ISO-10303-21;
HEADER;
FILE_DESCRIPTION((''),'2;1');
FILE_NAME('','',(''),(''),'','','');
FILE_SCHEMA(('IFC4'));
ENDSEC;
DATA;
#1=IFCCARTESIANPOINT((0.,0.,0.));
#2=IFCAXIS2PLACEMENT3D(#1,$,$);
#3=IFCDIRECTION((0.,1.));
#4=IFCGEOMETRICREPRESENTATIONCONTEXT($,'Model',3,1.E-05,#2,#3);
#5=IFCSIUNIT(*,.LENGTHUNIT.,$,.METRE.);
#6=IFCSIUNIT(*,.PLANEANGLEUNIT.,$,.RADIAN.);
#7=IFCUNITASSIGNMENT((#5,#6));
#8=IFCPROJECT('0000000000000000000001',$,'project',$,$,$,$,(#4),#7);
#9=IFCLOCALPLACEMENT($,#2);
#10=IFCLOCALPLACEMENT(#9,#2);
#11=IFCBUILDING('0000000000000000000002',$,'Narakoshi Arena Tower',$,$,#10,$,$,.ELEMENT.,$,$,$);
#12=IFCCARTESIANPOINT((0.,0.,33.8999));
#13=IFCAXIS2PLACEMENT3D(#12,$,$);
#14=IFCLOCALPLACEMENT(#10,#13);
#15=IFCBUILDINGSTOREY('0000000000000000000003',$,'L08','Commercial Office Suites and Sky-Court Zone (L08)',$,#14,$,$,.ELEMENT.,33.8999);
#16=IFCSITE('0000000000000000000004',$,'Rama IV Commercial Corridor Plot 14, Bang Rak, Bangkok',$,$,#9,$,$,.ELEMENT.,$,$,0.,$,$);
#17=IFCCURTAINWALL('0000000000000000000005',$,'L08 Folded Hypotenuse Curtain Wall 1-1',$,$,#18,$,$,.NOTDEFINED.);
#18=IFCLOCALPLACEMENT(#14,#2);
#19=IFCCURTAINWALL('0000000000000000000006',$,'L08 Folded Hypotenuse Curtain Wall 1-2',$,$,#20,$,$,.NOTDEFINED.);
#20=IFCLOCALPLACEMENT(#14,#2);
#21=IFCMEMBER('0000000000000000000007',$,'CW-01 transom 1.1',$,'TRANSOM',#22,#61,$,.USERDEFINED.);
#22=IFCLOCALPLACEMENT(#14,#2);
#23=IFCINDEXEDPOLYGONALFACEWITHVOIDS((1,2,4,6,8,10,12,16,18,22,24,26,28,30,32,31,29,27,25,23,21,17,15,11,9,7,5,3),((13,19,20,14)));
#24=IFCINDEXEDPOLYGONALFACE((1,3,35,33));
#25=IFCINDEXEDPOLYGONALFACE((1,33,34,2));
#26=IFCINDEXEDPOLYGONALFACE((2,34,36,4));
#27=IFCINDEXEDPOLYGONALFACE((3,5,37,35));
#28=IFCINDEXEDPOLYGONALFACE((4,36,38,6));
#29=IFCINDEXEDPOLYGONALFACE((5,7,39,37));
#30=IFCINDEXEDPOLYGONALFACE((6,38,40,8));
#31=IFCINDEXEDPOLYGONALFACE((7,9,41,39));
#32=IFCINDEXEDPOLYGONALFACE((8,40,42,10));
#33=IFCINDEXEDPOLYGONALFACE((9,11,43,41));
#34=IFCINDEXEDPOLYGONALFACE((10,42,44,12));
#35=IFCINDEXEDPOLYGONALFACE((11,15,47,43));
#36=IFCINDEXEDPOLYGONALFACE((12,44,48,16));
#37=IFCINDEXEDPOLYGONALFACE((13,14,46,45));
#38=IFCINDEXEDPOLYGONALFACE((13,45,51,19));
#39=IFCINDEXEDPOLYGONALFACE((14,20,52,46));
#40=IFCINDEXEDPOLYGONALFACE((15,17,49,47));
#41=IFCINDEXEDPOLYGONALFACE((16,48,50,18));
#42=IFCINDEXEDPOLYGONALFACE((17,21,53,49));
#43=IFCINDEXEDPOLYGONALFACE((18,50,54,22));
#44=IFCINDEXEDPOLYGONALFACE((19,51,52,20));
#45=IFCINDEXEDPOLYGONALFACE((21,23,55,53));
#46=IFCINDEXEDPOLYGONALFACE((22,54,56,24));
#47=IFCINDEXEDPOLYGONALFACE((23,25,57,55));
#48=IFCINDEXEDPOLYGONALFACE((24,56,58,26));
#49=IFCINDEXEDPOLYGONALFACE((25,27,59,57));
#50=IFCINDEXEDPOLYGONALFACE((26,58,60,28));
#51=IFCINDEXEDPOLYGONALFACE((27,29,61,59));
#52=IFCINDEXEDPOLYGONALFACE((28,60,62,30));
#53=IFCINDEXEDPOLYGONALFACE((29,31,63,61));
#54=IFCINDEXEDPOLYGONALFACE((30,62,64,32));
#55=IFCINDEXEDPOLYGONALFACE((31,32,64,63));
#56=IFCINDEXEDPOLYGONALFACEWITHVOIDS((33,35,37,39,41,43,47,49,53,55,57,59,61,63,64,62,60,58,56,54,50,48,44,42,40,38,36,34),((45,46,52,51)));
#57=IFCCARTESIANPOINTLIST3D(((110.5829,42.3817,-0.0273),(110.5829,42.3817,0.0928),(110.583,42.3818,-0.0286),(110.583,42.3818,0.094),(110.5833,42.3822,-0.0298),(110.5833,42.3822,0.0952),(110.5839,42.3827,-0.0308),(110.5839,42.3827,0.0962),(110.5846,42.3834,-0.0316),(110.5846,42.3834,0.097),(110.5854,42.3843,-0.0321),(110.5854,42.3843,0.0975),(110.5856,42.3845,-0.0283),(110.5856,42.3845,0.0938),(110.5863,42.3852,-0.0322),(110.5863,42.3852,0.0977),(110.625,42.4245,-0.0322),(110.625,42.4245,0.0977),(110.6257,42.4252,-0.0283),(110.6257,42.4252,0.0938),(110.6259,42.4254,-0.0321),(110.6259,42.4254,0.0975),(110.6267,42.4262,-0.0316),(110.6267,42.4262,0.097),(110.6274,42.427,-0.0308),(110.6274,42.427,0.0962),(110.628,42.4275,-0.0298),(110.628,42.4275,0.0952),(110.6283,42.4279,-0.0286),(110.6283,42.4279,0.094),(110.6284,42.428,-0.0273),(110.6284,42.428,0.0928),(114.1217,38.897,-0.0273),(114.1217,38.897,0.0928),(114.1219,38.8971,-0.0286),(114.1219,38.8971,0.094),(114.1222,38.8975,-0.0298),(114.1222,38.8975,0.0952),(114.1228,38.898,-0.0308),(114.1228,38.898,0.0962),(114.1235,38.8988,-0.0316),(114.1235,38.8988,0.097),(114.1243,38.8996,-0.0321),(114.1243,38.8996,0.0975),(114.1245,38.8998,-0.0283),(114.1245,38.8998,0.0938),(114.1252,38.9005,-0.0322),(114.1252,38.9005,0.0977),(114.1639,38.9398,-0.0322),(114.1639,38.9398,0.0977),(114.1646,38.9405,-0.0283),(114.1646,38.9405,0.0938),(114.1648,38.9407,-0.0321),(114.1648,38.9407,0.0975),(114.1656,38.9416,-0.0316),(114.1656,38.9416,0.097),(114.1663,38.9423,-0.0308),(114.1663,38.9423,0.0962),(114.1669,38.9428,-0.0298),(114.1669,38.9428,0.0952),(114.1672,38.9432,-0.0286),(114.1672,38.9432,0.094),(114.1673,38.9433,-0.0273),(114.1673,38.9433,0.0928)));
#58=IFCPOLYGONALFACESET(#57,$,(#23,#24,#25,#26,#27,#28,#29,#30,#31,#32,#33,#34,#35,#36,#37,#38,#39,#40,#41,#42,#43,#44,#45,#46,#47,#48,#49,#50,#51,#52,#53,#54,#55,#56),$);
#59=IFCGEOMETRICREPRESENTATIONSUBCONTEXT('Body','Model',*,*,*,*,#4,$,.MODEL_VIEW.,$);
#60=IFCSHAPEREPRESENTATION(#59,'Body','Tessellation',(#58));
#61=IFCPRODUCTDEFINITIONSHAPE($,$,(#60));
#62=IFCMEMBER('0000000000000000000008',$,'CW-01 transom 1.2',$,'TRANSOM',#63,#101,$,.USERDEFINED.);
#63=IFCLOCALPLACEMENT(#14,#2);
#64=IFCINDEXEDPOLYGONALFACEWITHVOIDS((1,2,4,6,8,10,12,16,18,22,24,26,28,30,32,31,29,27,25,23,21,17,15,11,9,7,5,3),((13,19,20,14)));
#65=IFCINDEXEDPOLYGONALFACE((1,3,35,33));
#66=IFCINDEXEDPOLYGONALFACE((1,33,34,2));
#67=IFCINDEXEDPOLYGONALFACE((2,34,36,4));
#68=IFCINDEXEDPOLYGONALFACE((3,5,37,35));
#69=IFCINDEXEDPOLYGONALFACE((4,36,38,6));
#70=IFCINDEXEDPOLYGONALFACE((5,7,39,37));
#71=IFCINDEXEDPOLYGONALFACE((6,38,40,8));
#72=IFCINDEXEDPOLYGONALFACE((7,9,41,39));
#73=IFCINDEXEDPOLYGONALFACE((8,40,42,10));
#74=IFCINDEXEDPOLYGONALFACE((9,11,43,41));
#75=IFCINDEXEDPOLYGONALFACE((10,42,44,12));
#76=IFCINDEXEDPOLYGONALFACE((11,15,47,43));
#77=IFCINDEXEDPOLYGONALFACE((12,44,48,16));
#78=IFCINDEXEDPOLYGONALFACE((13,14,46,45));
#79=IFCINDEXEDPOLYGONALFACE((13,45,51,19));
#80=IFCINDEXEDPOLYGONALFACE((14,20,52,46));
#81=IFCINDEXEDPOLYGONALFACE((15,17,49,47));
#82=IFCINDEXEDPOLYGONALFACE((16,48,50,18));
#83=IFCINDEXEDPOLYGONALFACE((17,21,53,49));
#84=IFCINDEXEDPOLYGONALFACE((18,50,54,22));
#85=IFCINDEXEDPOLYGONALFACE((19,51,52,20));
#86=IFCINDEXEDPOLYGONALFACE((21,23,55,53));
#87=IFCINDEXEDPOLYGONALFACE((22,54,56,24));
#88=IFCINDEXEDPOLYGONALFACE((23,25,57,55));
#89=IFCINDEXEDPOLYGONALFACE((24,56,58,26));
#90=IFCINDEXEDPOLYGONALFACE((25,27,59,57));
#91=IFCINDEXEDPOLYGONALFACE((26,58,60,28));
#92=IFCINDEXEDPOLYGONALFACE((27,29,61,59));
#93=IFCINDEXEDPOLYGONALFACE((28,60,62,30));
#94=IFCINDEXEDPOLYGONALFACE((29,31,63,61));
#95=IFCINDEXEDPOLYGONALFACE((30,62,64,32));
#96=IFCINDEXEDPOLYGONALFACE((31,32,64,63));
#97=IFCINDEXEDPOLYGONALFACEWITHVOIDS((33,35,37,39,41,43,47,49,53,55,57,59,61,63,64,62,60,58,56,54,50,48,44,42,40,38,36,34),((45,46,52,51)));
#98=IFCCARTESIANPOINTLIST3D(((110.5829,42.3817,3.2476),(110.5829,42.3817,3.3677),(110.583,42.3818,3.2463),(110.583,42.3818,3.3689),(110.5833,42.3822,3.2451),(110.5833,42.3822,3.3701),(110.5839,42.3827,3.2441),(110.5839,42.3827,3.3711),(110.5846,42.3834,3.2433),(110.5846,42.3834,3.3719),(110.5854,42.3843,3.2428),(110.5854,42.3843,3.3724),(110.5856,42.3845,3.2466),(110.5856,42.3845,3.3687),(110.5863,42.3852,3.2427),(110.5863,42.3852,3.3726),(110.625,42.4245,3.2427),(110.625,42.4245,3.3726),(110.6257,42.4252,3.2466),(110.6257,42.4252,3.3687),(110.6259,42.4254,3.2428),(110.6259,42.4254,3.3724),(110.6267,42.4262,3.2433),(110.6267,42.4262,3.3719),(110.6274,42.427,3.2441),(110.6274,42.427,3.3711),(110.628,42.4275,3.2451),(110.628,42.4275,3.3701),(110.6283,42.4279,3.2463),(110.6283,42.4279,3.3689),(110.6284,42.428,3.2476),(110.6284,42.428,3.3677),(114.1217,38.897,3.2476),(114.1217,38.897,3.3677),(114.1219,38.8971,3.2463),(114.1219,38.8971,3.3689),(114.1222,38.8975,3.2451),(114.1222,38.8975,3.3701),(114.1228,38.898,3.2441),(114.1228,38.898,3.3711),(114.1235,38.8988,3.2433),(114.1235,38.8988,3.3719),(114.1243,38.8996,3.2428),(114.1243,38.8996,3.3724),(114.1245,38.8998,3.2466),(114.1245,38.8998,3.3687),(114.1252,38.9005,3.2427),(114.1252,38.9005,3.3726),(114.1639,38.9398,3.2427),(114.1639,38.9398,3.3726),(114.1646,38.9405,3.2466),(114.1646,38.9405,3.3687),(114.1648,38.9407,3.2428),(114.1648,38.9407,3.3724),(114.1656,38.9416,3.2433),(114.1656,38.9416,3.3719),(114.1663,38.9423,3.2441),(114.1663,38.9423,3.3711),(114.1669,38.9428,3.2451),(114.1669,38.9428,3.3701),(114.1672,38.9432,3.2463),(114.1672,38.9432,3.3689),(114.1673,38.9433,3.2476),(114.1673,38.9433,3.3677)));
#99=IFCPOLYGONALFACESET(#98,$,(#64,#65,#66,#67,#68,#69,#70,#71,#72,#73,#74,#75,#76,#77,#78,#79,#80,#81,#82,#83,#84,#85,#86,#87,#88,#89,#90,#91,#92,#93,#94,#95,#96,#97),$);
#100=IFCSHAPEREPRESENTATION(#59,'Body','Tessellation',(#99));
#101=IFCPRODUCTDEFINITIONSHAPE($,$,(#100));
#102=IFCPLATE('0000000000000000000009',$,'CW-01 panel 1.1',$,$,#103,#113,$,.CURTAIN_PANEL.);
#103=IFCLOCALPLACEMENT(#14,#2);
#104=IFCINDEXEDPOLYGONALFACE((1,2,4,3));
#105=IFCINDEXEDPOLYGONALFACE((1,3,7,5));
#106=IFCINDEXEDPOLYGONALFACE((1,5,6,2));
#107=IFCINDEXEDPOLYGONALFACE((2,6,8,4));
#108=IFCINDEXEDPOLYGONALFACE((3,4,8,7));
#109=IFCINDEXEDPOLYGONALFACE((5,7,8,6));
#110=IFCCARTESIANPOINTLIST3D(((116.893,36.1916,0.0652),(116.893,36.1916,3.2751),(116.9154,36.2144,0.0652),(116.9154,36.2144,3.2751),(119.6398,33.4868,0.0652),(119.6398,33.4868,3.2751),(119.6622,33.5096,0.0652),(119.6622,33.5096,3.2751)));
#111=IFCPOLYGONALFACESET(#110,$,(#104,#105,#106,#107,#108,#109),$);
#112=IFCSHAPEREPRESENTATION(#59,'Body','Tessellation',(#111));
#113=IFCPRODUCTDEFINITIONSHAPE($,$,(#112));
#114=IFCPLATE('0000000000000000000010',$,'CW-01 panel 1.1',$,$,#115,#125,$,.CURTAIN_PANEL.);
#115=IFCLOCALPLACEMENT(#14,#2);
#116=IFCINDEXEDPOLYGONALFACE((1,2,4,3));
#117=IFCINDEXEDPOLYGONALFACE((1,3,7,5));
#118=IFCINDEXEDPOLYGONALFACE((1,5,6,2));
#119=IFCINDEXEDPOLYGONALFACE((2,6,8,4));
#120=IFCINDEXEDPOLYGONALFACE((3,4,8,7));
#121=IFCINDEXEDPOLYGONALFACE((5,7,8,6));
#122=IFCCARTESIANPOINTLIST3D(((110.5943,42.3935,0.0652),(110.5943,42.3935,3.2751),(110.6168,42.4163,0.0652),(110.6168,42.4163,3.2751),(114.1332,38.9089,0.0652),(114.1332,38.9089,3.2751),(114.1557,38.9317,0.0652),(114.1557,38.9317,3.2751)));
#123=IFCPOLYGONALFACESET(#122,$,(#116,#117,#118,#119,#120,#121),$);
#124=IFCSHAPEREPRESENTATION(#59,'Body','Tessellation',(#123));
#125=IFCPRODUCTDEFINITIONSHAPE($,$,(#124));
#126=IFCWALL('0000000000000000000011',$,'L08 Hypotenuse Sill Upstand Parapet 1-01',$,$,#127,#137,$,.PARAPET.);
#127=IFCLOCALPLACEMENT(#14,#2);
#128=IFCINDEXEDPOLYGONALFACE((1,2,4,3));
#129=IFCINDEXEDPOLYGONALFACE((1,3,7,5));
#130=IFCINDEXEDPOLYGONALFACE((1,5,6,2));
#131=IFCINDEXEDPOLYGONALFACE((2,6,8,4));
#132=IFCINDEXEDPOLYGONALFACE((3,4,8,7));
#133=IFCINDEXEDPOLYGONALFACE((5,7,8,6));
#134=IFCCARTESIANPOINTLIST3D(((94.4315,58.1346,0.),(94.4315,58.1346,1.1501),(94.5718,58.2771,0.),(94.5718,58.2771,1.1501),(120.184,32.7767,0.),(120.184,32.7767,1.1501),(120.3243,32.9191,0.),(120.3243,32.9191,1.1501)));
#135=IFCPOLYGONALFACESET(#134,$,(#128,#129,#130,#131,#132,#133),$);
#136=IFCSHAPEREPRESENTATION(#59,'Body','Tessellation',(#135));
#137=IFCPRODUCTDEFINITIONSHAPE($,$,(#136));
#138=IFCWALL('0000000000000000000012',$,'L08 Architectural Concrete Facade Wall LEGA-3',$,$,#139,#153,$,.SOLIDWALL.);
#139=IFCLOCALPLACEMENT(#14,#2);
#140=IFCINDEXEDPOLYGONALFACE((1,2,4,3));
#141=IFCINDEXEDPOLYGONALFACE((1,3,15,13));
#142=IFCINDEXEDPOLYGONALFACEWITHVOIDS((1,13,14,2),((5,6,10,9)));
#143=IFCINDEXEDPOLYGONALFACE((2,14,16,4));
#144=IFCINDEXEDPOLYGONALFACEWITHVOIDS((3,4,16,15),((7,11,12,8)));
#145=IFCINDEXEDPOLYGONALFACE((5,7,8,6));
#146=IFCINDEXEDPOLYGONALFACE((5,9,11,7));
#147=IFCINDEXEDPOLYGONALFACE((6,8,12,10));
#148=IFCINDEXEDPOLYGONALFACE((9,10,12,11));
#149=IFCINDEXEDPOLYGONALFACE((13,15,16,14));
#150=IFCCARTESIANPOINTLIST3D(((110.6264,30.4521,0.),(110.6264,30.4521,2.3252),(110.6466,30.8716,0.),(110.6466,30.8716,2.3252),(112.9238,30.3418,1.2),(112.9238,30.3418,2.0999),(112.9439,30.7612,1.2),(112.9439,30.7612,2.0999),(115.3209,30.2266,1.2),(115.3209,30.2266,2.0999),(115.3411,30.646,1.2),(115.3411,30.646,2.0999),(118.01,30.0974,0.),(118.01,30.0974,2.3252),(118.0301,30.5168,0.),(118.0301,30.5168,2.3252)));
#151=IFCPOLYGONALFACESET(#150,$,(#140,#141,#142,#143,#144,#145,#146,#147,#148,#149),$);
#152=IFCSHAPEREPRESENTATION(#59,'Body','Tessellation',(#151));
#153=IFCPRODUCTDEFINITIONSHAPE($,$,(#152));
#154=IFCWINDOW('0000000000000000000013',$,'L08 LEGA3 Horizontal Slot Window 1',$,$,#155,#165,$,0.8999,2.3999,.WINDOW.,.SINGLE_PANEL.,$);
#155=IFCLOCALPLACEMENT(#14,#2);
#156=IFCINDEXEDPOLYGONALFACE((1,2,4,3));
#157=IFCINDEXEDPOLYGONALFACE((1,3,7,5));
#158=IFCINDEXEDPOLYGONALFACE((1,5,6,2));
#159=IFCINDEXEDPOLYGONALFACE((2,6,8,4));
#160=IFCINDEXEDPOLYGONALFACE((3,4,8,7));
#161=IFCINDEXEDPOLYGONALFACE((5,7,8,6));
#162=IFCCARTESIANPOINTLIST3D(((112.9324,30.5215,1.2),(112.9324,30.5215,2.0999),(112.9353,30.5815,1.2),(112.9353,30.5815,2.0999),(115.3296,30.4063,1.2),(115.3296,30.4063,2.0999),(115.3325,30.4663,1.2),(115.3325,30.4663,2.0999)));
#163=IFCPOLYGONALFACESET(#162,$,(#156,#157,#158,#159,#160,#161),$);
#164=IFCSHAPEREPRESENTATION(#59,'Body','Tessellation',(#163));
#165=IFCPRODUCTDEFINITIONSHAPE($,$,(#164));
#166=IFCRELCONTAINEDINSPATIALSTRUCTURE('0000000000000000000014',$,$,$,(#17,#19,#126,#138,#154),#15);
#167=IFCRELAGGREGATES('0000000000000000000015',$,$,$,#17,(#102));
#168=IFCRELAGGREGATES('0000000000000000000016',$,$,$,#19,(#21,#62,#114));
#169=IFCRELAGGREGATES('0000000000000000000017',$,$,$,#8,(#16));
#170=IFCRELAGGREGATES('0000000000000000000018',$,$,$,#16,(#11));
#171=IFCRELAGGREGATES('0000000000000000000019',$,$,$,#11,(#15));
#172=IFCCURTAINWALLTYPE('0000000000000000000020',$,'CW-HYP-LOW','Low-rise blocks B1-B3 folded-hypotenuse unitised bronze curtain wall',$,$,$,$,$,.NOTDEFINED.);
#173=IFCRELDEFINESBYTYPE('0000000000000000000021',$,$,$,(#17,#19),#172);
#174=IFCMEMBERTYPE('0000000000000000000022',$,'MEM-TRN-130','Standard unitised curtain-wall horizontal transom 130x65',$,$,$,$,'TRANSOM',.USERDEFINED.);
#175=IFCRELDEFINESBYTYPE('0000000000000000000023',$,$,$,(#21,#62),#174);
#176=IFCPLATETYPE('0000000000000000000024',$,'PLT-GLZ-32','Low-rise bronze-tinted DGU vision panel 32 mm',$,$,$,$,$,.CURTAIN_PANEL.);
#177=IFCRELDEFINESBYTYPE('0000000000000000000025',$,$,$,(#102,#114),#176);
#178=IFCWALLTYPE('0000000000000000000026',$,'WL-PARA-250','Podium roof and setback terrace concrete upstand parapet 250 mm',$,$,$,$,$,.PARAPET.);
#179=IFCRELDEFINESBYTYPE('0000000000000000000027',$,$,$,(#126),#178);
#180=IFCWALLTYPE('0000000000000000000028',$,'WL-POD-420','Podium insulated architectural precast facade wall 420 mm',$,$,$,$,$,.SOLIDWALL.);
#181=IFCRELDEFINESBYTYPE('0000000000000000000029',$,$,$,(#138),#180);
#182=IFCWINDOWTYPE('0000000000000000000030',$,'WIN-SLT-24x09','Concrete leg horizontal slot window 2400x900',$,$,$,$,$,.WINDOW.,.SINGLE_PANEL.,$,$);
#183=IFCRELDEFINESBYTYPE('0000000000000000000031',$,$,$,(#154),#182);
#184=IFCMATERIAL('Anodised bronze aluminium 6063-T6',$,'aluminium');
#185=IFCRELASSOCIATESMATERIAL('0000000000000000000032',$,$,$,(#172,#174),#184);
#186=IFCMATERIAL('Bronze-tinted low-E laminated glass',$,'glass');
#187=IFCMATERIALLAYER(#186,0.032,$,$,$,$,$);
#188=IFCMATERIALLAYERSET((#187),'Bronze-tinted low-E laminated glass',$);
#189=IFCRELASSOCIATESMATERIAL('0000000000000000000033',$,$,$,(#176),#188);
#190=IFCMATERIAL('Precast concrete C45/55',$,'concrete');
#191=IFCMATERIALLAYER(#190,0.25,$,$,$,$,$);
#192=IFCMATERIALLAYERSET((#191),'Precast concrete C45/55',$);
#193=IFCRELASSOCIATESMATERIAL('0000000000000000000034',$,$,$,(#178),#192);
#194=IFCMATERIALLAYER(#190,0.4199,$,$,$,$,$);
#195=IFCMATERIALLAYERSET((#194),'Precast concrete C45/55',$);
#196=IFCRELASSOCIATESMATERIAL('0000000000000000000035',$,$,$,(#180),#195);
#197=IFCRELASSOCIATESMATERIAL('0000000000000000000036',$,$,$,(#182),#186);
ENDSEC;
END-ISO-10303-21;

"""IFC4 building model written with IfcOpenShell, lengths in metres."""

from ifc_helpers import new_model, si_unit, direction, frame, frame_2d, origin, origin_2d, place, context, subcontext, project, spatial, rectangle, hollow_rectangle, extrude, material, layer, layer_set, material_profile, profile_set, type_object, element, fill, aggregate, save


model = new_model("IFC4")

# Units and contexts
model_context = context("Model", 3, precision=1e-05, world=origin(), true_north=direction((0.0, 1.0)))
body_context = subcontext(model_context, "Body", "Model", "MODEL_VIEW")
ifc_project = project(units=[si_unit("LENGTHUNIT", "METRE"), si_unit("PLANEANGLEUNIT", "RADIAN")], contexts=[model_context])

# Site, building, storey
site_placement = place(None, origin())
site = spatial("IfcSite", under=ifc_project, at=site_placement, Name="Rama IV Commercial Corridor Plot 14, Bang Rak, Bangkok", CompositionType="ELEMENT", RefElevation=0.0)
building_placement = place(site_placement, origin())
building = spatial("IfcBuilding", under=site, at=building_placement, Name="Narakoshi Arena Tower", CompositionType="ELEMENT")
storey_placement = place(building_placement, frame((0.0, 0.0, 33.8999)))
storey = spatial("IfcBuildingStorey", under=building, at=storey_placement, Name="L08", Description="Commercial Office Suites and Sky-Court Zone (L08)", CompositionType="ELEMENT", Elevation=33.8999)

# Curtain walls
ifc_material_1 = material(Name="Anodised bronze aluminium 6063-T6", Category="aluminium")
curtain_wall_type = type_object("IfcCurtainWallType", Name="CW-HYP-LOW", Description="Low-rise blocks B1-B3 folded-hypotenuse unitised bronze curtain wall", PredefinedType="NOTDEFINED", material=ifc_material_1)
curtain_wall_1_placement = place(storey_placement, origin())
curtain_wall_1 = element("IfcCurtainWall", 1, at=curtain_wall_1_placement, inside=storey, type_object=curtain_wall_type, Name="L08 Folded Hypotenuse Curtain Wall 1-1", PredefinedType="NOTDEFINED")
curtain_wall_2_placement = place(storey_placement, origin())
curtain_wall_2 = element("IfcCurtainWall", 2, at=curtain_wall_2_placement, inside=storey, type_object=curtain_wall_type, Name="L08 Folded Hypotenuse Curtain Wall 1-2", PredefinedType="NOTDEFINED")

# Members
ifc_material_profile_1 = material_profile(ifc_material_1, hollow_rectangle(XDim=0.0649, YDim=0.1299, WallThickness=0.0039, OuterFilletRadius=0.0049, at=origin_2d()), Name="TRN130x65x4")
ifc_profile_set_1 = profile_set([ifc_material_profile_1], Name="Anodised bronze aluminium 6063-T6")
member_type_1 = type_object("IfcMemberType", Name="MEM-TRN-130", Description="Standard unitised curtain-wall horizontal transom 130x65", ElementType="TRANSOM", PredefinedType="USERDEFINED", material=ifc_profile_set_1)
member_1_placement = place(storey_placement, frame((114.1445, 38.9202, 0.0327), z_axis=(-0.712542, 0.701629, 0.0), x_axis=(-0.701629, -0.712542, 0.0)))
member_1 = element("IfcMember", 3, at=member_1_placement, type_object=member_type_1, Name="CW-01 transom 1.1", ObjectType="TRANSOM", PredefinedType="USERDEFINED", context=body_context, shape_type="SweptSolid", body=[
    extrude(hollow_rectangle(XDim=0.0649, YDim=0.1299, WallThickness=0.0039, OuterFilletRadius=0.0049, at=origin_2d()), origin(), (0.0, 0.0, 1.0), 4.9666),
])
member_2_placement = place(storey_placement, frame((114.1445, 38.9202, 3.3076), z_axis=(-0.712542, 0.701629, 0.0), x_axis=(-0.701629, -0.712542, 0.0)))
member_2 = element("IfcMember", 4, at=member_2_placement, type_object=member_type_1, Name="CW-01 transom 1.2", ObjectType="TRANSOM", PredefinedType="USERDEFINED", context=body_context, shape_type="SweptSolid", body=[
    extrude(hollow_rectangle(XDim=0.0649, YDim=0.1299, WallThickness=0.0039, OuterFilletRadius=0.0049, at=origin_2d()), origin(), (0.0, 0.0, 1.0), 4.9666),
])

# Plates
ifc_material_2 = material(Name="Bronze-tinted low-E laminated glass", Category="glass")
ifc_layer_1 = layer(ifc_material_2, 0.032)
ifc_layer_set_1 = layer_set([ifc_layer_1], Name="Bronze-tinted low-E laminated glass")
plate_type = type_object("IfcPlateType", Name="PLT-GLZ-32", Description="Low-rise bronze-tinted DGU vision panel 32 mm", PredefinedType="CURTAIN_PANEL", material=ifc_layer_set_1)
plate_1_placement = place(storey_placement, frame((118.2776, 34.8506, 0.0652), z_axis=(0.0, 0.0, 1.0), x_axis=(-0.712541, 0.70163, 0.0)))
plate_1 = element("IfcPlate", 5, at=plate_1_placement, type_object=plate_type, Name="CW-01 panel 1.1", PredefinedType="CURTAIN_PANEL", context=body_context, shape_type="SweptSolid", body=[
    extrude(rectangle(XDim=3.855, YDim=0.032, at=origin_2d()), origin(), (0.0, 0.0, 1.0), 3.21),
])
aggregate(curtain_wall_1, [plate_1])
plate_2_placement = place(storey_placement, frame((112.375, 40.6626, 0.0652), z_axis=(0.0, 0.0, 1.0), x_axis=(-0.712548, 0.701623, 0.0)))
plate_2 = element("IfcPlate", 6, at=plate_2_placement, type_object=plate_type, Name="CW-01 panel 1.1", PredefinedType="CURTAIN_PANEL", context=body_context, shape_type="SweptSolid", body=[
    extrude(rectangle(XDim=4.9666, YDim=0.032, at=origin_2d()), origin(), (0.0, 0.0, 1.0), 3.21),
])
aggregate(curtain_wall_2, [member_1, member_2, plate_2])

# Wall
ifc_material_3 = material(Name="Precast concrete C45/55", Category="concrete")
ifc_layer_2 = layer(ifc_material_3, 0.25)
ifc_layer_set_2 = layer_set([ifc_layer_2], Name="Precast concrete C45/55")
wall_type_1 = type_object("IfcWallType", Name="WL-PARA-250", Description="Podium roof and setback terrace concrete upstand parapet 250 mm", PredefinedType="PARAPET", material=ifc_layer_set_2)
wall_1_placement = place(storey_placement, frame((120.2542, 32.8479, 0.0), z_axis=(0.0, 0.0, 1.0), x_axis=(-0.712544, 0.701628, 0.0)))
element("IfcWall", 7, at=wall_1_placement, inside=storey, type_object=wall_type_1, Name="L08 Hypotenuse Sill Upstand Parapet 1-01", PredefinedType="PARAPET", context=body_context, shape_type="SweptSolid", body=[
    extrude(rectangle(XDim=36.1416, YDim=0.2, at=frame_2d((18.0708, 0.0))), origin(), (0.0, 0.0, 1.0), 1.1501),
])

# Wall, opening, window
ifc_layer_3 = layer(ifc_material_3, 0.4199)
ifc_layer_set_3 = layer_set([ifc_layer_3], Name="Precast concrete C45/55")
wall_type_2 = type_object("IfcWallType", Name="WL-POD-420", Description="Podium insulated architectural precast facade wall 420 mm", PredefinedType="SOLIDWALL", material=ifc_layer_set_3)
wall_2_placement = place(storey_placement, frame((110.6365, 30.6619, 0.0), z_axis=(0.0, 0.0, 1.0), x_axis=(0.998848, -0.047989, 0.0)))
wall_2 = element("IfcWall", 8, at=wall_2_placement, inside=storey, type_object=wall_type_2, Name="L08 Architectural Concrete Facade Wall LEGA-3", PredefinedType="SOLIDWALL", context=body_context, shape_type="SweptSolid", body=[
    extrude(rectangle(XDim=7.3921, YDim=0.4199, at=frame_2d((3.696, 0.0))), origin(), (0.0, 0.0, 1.0), 2.3252),
])
opening_1_placement = place(wall_2_placement, frame((2.3, 0.0, 1.2)))
opening_1 = element("IfcOpeningElement", 9, at=opening_1_placement, cuts=wall_2, PredefinedType="OPENING", context=body_context, shape_type="SweptSolid", body=[
    extrude(rectangle(XDim=2.3999, YDim=0.8999, at=frame_2d((1.2, 0.45))), frame((0.0, 0.22, 0.0), z_axis=(0.0, -1.0, 0.0), x_axis=(1.0, 0.0, 0.0)), (0.0, 0.0, 1.0), 0.4399),
])
window_type_1 = type_object("IfcWindowType", Name="WIN-SLT-24x09", Description="Concrete leg horizontal slot window 2400x900", PartitioningType="SINGLE_PANEL", PredefinedType="WINDOW", material=ifc_material_2)
window_1_placement = place(opening_1_placement, origin())
window_1 = element("IfcWindow", 10, at=window_1_placement, inside=storey, type_object=window_type_1, Name="L08 LEGA3 Horizontal Slot Window 1", OverallHeight=0.8999, OverallWidth=2.3999, PartitioningType="SINGLE_PANEL", PredefinedType="WINDOW", context=body_context, shape_type="SweptSolid", body=[
    extrude(rectangle(XDim=2.3999, YDim=0.8999, at=frame_2d((1.2, 0.45))), frame((0.0, 0.03, 0.0), z_axis=(0.0, -1.0, 0.0), x_axis=(1.0, 0.0, 0.0)), (0.0, 0.0, 1.0), 0.0601),
])
fill(opening_1, window_1)

save(model, "model.ifc")
